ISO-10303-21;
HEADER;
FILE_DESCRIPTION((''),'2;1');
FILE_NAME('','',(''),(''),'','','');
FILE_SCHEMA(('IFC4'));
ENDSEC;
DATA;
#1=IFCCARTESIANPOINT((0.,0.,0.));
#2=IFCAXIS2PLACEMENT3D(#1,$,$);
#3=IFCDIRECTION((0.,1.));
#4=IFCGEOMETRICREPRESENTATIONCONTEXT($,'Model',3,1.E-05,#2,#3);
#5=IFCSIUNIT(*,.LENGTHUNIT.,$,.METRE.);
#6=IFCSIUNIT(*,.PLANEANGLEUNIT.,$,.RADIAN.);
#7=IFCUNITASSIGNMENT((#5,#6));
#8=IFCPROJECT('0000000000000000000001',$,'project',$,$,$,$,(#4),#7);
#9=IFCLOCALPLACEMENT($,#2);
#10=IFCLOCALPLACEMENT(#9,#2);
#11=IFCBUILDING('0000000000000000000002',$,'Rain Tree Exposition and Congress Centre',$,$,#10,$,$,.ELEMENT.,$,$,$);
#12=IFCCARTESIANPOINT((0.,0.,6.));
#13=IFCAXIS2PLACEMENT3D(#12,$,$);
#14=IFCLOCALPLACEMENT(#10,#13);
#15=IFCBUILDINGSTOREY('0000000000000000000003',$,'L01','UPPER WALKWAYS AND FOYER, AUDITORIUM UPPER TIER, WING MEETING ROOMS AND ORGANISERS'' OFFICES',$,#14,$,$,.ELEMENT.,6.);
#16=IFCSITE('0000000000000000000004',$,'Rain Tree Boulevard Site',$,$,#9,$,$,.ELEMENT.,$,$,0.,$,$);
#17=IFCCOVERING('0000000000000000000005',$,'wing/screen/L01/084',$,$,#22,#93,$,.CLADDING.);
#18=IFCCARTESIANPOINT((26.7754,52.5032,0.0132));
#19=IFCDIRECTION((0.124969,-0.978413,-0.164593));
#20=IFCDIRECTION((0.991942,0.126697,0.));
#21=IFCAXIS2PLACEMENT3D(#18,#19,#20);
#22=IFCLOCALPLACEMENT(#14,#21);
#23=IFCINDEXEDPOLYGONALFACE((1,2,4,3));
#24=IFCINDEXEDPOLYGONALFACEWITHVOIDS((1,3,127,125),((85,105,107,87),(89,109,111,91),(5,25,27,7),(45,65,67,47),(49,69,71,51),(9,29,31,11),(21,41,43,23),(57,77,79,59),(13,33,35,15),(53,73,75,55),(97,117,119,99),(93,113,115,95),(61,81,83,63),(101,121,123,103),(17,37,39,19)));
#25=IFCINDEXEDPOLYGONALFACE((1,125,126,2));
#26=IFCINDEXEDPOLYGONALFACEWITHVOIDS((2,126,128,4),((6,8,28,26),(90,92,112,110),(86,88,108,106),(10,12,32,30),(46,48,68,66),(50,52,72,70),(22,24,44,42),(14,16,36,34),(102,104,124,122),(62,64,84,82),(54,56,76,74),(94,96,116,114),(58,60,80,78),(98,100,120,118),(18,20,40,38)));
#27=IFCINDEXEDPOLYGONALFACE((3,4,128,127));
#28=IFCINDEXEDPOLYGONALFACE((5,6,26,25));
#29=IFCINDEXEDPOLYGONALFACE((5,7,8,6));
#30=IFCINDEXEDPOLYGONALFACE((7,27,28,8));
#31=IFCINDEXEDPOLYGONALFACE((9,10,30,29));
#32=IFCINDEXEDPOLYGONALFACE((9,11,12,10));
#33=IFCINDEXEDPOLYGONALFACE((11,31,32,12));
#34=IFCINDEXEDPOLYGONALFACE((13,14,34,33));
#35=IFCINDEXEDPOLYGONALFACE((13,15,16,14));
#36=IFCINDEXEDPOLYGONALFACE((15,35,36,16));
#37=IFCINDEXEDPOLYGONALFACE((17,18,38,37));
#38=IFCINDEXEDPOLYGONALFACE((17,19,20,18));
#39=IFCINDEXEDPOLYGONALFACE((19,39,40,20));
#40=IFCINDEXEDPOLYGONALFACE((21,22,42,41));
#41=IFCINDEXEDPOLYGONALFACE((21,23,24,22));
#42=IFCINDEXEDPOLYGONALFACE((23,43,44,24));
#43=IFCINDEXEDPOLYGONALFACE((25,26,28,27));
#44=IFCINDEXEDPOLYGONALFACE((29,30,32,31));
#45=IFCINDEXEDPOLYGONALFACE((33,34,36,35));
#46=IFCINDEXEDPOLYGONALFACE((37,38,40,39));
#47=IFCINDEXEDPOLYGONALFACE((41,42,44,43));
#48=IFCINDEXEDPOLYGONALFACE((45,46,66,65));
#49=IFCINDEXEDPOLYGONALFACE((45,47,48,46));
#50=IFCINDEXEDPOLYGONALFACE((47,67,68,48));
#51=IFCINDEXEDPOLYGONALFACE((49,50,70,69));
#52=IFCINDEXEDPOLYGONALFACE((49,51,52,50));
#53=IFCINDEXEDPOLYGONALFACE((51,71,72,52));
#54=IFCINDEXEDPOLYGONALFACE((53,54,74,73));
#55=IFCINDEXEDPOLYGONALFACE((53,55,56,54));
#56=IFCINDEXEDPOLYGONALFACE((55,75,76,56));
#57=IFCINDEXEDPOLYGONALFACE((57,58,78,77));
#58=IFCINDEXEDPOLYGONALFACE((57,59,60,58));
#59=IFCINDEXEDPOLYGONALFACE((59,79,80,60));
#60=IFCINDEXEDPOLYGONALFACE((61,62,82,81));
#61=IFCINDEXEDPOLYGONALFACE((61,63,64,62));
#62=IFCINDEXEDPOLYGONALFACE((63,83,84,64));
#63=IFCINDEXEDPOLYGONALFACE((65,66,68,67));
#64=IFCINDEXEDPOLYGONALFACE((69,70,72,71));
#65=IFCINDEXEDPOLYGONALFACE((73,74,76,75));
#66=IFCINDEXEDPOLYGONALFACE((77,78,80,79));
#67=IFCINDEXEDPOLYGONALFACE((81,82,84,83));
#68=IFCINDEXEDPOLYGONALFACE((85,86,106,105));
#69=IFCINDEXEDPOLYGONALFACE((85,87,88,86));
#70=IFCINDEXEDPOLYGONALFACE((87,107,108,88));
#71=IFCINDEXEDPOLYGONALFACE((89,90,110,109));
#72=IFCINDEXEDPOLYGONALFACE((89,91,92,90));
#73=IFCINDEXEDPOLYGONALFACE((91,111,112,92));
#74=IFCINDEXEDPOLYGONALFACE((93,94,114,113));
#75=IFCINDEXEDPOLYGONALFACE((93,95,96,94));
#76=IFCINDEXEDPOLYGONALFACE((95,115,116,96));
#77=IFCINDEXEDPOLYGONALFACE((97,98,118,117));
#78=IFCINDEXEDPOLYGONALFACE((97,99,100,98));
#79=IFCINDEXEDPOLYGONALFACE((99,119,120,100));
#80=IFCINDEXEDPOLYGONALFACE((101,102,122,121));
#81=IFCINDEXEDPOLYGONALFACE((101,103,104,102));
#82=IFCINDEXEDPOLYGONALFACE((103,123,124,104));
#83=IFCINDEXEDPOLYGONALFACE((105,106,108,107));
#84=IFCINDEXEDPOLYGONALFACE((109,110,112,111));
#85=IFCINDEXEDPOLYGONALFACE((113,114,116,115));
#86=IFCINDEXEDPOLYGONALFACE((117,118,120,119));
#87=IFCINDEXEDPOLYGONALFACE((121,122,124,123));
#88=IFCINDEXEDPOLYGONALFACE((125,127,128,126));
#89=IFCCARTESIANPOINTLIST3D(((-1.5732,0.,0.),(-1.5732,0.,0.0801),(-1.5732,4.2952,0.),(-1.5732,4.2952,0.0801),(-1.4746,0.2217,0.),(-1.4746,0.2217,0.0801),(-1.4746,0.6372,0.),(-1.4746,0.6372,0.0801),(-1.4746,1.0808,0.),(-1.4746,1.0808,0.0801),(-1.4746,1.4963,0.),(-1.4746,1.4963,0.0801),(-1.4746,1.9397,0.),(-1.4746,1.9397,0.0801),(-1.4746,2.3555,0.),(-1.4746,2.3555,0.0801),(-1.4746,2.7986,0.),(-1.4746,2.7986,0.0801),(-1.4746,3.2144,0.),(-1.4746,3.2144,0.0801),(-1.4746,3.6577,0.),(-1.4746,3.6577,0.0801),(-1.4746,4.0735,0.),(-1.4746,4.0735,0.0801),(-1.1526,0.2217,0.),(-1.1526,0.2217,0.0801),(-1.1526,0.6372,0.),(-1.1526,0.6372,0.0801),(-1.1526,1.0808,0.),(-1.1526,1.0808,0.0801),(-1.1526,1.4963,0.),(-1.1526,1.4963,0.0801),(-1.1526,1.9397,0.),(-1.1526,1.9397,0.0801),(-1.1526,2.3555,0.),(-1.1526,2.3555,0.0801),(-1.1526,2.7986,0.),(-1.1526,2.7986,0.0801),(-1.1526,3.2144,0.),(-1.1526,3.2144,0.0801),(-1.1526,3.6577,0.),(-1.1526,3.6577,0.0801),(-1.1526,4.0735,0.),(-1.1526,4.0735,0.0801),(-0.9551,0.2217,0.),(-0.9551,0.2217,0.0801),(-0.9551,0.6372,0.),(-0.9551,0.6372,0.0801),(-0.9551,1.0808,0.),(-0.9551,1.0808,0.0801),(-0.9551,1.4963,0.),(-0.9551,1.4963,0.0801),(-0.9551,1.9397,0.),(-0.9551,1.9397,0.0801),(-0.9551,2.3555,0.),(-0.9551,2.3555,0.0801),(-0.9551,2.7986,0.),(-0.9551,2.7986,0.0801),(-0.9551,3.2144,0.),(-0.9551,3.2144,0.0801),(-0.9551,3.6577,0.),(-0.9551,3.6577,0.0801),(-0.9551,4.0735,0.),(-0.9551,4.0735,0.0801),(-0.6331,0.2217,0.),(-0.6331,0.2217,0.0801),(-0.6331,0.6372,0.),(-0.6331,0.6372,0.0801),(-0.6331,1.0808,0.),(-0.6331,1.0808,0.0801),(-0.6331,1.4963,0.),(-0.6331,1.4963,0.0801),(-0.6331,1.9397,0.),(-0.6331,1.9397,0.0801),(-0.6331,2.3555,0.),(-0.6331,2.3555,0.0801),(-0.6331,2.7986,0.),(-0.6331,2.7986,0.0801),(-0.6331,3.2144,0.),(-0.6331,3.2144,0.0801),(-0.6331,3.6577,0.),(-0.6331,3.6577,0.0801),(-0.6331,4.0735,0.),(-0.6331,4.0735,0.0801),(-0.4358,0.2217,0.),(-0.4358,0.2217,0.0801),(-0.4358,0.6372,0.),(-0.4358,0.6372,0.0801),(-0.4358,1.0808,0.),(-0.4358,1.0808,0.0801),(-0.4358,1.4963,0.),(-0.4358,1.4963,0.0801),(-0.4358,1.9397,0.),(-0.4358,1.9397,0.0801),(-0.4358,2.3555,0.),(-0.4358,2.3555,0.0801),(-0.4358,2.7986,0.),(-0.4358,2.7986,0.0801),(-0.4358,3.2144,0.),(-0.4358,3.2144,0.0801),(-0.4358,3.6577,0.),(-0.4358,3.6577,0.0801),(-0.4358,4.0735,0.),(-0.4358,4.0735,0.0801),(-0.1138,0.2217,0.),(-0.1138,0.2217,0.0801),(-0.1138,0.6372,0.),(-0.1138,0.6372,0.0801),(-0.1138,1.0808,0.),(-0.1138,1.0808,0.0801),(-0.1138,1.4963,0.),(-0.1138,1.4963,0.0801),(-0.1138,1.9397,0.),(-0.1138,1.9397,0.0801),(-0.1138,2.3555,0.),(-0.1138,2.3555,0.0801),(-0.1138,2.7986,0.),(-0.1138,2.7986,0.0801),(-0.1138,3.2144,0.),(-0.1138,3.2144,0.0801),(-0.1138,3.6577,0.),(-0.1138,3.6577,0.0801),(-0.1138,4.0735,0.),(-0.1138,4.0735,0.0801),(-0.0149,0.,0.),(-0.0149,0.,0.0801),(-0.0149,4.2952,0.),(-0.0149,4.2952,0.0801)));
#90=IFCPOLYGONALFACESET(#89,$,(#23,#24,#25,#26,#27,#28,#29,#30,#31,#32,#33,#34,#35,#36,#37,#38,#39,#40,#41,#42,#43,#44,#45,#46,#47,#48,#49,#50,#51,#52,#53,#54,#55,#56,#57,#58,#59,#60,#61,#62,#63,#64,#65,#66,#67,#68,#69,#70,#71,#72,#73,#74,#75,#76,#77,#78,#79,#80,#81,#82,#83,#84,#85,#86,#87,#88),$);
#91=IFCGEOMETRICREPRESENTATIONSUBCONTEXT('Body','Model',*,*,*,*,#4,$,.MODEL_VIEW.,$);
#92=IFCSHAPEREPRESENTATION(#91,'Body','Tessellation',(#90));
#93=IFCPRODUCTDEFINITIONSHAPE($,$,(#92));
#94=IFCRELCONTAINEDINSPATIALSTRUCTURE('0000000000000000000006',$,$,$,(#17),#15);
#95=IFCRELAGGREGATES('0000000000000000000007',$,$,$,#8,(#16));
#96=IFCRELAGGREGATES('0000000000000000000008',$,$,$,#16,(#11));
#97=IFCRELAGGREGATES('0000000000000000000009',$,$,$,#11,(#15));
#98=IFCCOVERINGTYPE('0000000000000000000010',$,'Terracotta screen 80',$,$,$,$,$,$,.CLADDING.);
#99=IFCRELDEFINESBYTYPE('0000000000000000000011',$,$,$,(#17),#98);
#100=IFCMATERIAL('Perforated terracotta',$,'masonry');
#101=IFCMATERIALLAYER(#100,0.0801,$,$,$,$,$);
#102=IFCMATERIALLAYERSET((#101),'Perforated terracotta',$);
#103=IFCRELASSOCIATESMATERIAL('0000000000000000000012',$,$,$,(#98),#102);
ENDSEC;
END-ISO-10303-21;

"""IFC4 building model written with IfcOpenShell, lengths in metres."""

from ifc_helpers import new_model, si_unit, direction, frame, origin, place, context, subcontext, project, spatial, polyline, outline, extrude, material, layer, layer_set, type_object, element, save


model = new_model("IFC4")

# Units and contexts
model_context = context("Model", 3, precision=1e-05, world=origin(), true_north=direction((0.0, 1.0)))
body_context = subcontext(model_context, "Body", "Model", "MODEL_VIEW")
ifc_project = project(units=[si_unit("LENGTHUNIT", "METRE"), si_unit("PLANEANGLEUNIT", "RADIAN")], contexts=[model_context])

# Site, building, storey
site_placement = place(None, origin())
site = spatial("IfcSite", under=ifc_project, at=site_placement, Name="Rain Tree Boulevard Site", CompositionType="ELEMENT", RefElevation=0.0)
building_placement = place(site_placement, origin())
building = spatial("IfcBuilding", under=site, at=building_placement, Name="Rain Tree Exposition and Congress Centre", CompositionType="ELEMENT")
storey_placement = place(building_placement, frame((0.0, 0.0, 6.0)))
storey = spatial("IfcBuildingStorey", under=building, at=storey_placement, Name="L01", Description="UPPER WALKWAYS AND FOYER, AUDITORIUM UPPER TIER, WING MEETING ROOMS AND ORGANISERS' OFFICES", CompositionType="ELEMENT", Elevation=6.0)

# Covering
ifc_material_1 = material(Name="Perforated terracotta", Category="masonry")
ifc_layer_1 = layer(ifc_material_1, 0.0801)
ifc_layer_set_1 = layer_set([ifc_layer_1], Name="Perforated terracotta")
covering_type = type_object("IfcCoveringType", Name="Terracotta screen 80", PredefinedType="CLADDING", material=ifc_layer_set_1)
covering_1_placement = place(storey_placement, frame((26.7754, 52.5032, 0.0132), z_axis=(0.124969, -0.978413, -0.164593), x_axis=(0.991942, 0.126697, 0.0)))
element("IfcCovering", 1, at=covering_1_placement, inside=storey, type_object=covering_type, Name="wing/screen/L01/084", PredefinedType="CLADDING", context=body_context, shape_type="SweptSolid", body=[
    extrude(outline(polyline([(-1.5732, 0.0), (-1.5732, 4.2952), (-0.0149, 4.2952), (-0.0149, 0.0), (-1.5732, 0.0)]), holes=[polyline([(-0.1138, 0.2217), (-0.1138, 0.6372), (-0.4358, 0.6372), (-0.4358, 0.2217), (-0.1138, 0.2217)]), polyline([(-0.1138, 1.0808), (-0.1138, 1.4963), (-0.4358, 1.4963), (-0.4358, 1.0808), (-0.1138, 1.0808)]), polyline([(-0.1138, 1.9397), (-0.1138, 2.3555), (-0.4358, 2.3555), (-0.4358, 1.9397), (-0.1138, 1.9397)]), polyline([(-0.1138, 2.7986), (-0.1138, 3.2144), (-0.4358, 3.2144), (-0.4358, 2.7986), (-0.1138, 2.7986)]), polyline([(-0.1138, 3.6577), (-0.1138, 4.0735), (-0.4358, 4.0735), (-0.4358, 3.6577), (-0.1138, 3.6577)]), polyline([(-0.6331, 0.2217), (-0.6331, 0.6372), (-0.9551, 0.6372), (-0.9551, 0.2217), (-0.6331, 0.2217)]), polyline([(-0.6331, 1.0808), (-0.6331, 1.4963), (-0.9551, 1.4963), (-0.9551, 1.0808), (-0.6331, 1.0808)]), polyline([(-0.6331, 1.9397), (-0.6331, 2.3555), (-0.9551, 2.3555), (-0.9551, 1.9397), (-0.6331, 1.9397)]), polyline([(-0.6331, 2.7986), (-0.6331, 3.2144), (-0.9551, 3.2144), (-0.9551, 2.7986), (-0.6331, 2.7986)]), polyline([(-0.6331, 3.6577), (-0.6331, 4.0735), (-0.9551, 4.0735), (-0.9551, 3.6577), (-0.6331, 3.6577)]), polyline([(-1.1526, 0.2217), (-1.1526, 0.6372), (-1.4746, 0.6372), (-1.4746, 0.2217), (-1.1526, 0.2217)]), polyline([(-1.1526, 1.0808), (-1.1526, 1.4963), (-1.4746, 1.4963), (-1.4746, 1.0808), (-1.1526, 1.0808)]), polyline([(-1.1526, 1.9397), (-1.1526, 2.3555), (-1.4746, 2.3555), (-1.4746, 1.9397), (-1.1526, 1.9397)]), polyline([(-1.1526, 2.7986), (-1.1526, 3.2144), (-1.4746, 3.2144), (-1.4746, 2.7986), (-1.1526, 2.7986)]), polyline([(-1.1526, 3.6577), (-1.1526, 4.0735), (-1.4746, 4.0735), (-1.4746, 3.6577), (-1.1526, 3.6577)])]), origin(), (0.0, 0.0, 1.0), 0.0801),
])

save(model, "model.ifc")
